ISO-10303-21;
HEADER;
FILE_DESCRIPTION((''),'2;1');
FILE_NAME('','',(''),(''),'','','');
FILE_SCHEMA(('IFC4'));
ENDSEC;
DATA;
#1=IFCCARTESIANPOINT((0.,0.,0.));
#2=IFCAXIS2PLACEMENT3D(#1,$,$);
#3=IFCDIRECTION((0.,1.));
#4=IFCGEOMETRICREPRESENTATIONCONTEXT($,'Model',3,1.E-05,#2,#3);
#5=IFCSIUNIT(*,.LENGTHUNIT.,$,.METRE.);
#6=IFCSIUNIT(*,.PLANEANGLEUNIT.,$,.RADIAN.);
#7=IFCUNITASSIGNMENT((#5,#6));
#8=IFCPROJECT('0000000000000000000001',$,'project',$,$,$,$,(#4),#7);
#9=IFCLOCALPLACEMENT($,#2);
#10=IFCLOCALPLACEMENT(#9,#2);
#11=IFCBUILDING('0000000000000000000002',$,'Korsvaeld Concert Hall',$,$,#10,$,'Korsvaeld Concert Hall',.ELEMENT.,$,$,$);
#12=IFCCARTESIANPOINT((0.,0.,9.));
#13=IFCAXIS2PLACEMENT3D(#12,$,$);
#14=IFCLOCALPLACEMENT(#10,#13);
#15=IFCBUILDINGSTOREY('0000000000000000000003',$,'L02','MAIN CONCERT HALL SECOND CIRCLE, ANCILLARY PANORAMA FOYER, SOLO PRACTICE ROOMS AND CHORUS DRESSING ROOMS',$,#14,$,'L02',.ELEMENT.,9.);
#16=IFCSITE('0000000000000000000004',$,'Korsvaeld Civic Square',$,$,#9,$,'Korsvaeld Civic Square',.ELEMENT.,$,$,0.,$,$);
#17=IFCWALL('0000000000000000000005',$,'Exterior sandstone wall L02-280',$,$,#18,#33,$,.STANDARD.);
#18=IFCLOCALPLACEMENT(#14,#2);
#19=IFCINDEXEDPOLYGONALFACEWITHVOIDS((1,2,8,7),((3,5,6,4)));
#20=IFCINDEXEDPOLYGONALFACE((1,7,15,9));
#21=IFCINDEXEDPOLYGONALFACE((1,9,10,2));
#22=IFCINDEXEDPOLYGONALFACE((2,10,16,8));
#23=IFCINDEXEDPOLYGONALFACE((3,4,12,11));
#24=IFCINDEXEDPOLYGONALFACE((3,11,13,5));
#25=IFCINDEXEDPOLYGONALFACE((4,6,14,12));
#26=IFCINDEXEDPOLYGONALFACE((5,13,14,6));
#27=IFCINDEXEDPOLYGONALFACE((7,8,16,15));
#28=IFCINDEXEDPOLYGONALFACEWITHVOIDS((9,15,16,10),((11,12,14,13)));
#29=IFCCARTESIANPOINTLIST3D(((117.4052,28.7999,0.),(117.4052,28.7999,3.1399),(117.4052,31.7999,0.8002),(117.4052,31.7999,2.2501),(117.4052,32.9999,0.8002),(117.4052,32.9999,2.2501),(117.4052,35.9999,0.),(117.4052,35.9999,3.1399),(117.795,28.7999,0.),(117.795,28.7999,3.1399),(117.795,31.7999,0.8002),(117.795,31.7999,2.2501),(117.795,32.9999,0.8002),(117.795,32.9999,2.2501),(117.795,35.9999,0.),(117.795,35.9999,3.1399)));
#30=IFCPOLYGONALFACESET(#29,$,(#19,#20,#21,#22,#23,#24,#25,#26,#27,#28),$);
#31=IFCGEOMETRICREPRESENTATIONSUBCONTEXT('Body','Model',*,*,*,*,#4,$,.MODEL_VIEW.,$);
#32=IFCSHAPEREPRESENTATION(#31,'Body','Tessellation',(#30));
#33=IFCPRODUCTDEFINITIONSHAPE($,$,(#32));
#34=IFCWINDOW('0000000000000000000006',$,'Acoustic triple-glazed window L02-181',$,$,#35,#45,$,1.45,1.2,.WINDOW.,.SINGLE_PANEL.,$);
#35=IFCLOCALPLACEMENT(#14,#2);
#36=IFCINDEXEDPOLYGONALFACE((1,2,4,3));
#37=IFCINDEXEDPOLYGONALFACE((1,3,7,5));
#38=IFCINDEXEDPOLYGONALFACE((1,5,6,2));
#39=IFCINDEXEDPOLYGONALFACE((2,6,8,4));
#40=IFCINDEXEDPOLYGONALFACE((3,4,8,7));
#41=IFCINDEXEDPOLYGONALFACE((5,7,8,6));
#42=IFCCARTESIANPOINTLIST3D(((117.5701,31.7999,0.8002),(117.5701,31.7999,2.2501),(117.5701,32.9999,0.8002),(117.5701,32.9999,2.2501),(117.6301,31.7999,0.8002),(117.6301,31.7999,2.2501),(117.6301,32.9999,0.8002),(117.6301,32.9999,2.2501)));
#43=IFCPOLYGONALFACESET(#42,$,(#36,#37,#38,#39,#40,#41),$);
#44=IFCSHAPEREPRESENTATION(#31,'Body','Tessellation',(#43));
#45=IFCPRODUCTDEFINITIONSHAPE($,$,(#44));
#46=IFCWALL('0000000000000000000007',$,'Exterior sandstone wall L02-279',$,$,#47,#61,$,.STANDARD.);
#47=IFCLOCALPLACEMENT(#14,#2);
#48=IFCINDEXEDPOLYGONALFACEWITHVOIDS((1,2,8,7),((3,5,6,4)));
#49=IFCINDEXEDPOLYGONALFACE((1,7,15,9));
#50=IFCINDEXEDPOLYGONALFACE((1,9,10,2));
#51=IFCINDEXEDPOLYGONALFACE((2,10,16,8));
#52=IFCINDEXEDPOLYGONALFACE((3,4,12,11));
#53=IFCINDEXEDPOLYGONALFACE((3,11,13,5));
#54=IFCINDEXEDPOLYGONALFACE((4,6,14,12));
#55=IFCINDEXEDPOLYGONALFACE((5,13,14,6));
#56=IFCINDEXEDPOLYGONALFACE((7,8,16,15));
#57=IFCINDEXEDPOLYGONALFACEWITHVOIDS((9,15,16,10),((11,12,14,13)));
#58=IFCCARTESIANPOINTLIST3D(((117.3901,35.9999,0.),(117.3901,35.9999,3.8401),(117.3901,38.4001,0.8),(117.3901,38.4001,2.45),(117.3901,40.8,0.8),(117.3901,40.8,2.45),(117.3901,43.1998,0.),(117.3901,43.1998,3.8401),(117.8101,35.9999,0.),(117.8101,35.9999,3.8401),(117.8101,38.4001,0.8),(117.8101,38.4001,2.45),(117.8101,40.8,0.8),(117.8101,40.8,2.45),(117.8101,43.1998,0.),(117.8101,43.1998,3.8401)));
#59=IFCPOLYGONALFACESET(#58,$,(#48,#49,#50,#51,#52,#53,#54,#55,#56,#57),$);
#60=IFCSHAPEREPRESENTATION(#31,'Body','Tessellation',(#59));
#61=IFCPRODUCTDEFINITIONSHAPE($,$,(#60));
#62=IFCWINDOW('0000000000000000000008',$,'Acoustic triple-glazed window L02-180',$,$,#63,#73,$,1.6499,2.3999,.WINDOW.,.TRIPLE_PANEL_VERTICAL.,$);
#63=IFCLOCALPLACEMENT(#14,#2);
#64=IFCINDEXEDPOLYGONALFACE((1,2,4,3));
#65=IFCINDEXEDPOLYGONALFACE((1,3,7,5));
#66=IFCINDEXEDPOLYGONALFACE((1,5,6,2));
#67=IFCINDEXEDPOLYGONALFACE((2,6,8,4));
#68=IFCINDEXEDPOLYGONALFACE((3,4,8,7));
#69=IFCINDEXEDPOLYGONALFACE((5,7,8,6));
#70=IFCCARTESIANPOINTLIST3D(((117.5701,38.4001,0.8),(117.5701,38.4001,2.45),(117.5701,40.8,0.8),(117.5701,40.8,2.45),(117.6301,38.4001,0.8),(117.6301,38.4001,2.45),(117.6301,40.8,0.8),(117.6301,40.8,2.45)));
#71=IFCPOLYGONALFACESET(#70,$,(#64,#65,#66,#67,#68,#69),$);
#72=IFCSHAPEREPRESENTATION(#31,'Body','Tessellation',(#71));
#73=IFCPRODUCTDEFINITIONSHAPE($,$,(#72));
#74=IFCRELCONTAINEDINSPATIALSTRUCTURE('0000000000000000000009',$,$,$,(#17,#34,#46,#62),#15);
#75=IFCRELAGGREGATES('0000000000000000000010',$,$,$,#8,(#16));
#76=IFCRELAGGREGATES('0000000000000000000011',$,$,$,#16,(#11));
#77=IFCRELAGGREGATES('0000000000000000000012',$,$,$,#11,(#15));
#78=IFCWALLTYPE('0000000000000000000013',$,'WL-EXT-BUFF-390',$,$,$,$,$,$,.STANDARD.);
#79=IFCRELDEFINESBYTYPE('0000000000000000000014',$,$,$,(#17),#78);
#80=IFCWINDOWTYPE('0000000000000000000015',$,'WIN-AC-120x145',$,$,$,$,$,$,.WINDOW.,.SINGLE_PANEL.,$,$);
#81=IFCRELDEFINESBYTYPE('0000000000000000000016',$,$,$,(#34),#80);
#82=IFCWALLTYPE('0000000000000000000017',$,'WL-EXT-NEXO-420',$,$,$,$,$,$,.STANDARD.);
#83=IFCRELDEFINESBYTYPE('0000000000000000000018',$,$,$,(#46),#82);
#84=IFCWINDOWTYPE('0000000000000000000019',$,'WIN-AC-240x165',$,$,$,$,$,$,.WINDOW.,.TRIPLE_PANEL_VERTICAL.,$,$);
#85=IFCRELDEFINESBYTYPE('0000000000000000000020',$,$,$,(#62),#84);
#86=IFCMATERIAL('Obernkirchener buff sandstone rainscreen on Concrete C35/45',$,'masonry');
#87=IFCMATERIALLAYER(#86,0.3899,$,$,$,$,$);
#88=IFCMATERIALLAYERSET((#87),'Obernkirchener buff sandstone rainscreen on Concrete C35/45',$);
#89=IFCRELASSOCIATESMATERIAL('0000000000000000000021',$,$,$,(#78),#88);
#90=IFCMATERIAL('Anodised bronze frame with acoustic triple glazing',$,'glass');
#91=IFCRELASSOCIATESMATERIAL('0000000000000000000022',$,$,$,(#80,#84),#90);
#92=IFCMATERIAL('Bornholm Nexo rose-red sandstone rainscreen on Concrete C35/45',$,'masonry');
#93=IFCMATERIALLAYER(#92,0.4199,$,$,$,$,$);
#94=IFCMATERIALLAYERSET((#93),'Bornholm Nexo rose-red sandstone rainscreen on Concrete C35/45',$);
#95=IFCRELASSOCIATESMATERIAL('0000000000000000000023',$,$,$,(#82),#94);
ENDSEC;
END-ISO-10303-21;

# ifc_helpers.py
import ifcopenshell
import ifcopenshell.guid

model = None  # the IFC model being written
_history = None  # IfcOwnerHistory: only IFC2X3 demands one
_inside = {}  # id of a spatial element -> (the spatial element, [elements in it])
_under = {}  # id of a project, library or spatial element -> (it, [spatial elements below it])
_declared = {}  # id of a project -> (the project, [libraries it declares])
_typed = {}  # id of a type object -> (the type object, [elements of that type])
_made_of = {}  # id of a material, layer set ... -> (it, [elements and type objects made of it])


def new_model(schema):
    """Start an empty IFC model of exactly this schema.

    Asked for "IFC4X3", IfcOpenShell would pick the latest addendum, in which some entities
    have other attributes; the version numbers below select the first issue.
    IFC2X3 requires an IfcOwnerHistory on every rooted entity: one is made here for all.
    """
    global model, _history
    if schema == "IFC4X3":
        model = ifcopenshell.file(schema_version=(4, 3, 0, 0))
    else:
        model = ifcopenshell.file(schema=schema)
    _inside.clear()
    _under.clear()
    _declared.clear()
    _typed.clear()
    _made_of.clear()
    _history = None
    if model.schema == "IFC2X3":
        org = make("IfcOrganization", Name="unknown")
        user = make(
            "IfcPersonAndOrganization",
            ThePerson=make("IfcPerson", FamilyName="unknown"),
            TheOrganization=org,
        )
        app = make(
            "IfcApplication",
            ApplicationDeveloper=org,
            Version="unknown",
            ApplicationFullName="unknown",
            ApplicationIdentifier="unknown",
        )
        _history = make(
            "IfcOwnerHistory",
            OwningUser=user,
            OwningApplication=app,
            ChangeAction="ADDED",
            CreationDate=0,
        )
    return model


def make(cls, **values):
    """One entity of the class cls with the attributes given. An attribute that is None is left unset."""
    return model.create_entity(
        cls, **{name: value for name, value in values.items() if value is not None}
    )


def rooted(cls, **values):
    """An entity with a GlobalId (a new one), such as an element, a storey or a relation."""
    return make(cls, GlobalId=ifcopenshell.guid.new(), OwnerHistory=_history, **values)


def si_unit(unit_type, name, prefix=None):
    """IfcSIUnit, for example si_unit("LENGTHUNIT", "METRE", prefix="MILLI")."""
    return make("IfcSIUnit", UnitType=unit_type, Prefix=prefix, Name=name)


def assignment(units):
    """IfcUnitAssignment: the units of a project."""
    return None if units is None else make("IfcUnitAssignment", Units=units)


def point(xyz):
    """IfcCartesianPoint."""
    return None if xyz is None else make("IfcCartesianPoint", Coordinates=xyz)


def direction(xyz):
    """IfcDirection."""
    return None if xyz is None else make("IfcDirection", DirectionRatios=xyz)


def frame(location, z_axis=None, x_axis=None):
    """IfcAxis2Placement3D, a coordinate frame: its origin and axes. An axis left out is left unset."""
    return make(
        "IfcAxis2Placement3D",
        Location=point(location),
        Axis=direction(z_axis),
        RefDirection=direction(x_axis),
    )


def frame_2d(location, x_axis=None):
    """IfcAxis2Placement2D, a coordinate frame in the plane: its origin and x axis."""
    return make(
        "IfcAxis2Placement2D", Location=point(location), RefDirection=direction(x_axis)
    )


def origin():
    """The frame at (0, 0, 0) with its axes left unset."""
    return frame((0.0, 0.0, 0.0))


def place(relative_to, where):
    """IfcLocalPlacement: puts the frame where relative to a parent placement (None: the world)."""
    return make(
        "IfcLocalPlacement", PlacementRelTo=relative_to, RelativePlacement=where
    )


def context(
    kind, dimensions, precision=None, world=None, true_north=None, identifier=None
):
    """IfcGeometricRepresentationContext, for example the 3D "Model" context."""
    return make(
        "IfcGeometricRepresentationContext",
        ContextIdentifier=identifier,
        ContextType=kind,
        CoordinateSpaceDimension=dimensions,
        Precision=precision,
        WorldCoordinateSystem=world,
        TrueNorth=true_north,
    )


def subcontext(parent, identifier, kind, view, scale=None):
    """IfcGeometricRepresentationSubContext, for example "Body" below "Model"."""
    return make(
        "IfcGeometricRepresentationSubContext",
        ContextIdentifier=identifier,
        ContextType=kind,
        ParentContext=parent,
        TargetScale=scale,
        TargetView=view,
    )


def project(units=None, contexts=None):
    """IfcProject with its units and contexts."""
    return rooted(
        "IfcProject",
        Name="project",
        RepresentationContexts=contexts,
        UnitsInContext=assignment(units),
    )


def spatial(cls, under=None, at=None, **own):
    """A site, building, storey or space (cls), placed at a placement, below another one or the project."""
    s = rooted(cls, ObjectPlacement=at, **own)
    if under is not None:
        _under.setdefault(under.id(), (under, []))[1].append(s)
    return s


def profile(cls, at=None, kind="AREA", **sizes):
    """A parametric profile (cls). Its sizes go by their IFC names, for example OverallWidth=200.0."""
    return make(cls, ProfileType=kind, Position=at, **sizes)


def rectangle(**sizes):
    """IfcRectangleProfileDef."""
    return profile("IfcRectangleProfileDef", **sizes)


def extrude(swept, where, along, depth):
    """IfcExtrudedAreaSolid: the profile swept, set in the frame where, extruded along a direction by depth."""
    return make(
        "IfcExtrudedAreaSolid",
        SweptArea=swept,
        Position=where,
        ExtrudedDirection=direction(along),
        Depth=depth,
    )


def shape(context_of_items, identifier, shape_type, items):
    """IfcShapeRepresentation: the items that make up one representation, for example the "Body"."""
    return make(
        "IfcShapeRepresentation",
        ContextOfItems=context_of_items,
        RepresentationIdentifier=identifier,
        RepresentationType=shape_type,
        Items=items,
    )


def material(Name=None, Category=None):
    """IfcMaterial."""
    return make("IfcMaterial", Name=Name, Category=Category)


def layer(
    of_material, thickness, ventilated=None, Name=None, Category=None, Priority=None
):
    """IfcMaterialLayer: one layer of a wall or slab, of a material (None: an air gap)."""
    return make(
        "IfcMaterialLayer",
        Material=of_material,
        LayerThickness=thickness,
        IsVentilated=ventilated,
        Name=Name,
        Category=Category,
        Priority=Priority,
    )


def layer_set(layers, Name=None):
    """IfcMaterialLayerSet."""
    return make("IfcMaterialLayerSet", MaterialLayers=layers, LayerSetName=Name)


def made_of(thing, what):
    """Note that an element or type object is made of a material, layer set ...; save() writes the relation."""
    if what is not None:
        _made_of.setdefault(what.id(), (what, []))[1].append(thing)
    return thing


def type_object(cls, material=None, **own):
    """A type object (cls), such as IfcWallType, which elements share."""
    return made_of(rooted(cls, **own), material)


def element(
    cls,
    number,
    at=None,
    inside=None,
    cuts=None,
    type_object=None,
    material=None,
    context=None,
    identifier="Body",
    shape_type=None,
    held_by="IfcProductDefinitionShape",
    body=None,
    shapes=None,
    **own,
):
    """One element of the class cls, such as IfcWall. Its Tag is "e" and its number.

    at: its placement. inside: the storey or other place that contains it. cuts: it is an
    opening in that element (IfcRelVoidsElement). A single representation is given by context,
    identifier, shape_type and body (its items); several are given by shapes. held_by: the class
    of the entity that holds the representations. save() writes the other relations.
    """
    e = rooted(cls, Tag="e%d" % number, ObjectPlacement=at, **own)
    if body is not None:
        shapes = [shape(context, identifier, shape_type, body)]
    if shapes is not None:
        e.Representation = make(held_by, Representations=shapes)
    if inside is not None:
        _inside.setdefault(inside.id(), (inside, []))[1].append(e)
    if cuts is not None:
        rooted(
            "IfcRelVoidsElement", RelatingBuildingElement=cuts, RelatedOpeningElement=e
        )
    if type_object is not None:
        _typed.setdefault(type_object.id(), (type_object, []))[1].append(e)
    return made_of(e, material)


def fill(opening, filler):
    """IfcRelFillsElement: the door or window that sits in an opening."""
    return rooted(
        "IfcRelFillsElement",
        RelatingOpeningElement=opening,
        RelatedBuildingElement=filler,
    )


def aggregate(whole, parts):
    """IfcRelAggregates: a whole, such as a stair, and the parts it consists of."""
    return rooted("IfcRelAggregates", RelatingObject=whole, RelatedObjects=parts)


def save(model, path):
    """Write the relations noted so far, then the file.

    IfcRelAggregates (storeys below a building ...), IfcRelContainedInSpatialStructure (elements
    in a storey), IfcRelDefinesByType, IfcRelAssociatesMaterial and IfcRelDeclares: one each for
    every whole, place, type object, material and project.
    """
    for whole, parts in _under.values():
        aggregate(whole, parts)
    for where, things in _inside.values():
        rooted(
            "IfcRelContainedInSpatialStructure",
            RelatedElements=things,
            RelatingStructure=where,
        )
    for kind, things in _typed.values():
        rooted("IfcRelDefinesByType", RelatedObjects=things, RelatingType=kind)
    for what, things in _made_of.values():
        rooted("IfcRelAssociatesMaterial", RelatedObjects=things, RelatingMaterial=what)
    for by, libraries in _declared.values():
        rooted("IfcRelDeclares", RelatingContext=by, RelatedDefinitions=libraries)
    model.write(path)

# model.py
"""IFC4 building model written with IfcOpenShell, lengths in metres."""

from ifc_helpers import new_model, si_unit, direction, frame, frame_2d, origin, place, context, subcontext, project, spatial, rectangle, extrude, material, layer, layer_set, type_object, element, fill, save


model = new_model("IFC4")

# Units and contexts
model_context = context("Model", 3, precision=1e-05, world=origin(), true_north=direction((0.0, 1.0)))
body_context = subcontext(model_context, "Body", "Model", "MODEL_VIEW")
ifc_project = project(units=[si_unit("LENGTHUNIT", "METRE"), si_unit("PLANEANGLEUNIT", "RADIAN")], contexts=[model_context])

# Site, building, storey
site_placement = place(None, origin())
site = spatial("IfcSite", under=ifc_project, at=site_placement, Name="Korsvaeld Civic Square", LongName="Korsvaeld Civic Square", CompositionType="ELEMENT", RefElevation=0.0)
building_placement = place(site_placement, origin())
building = spatial("IfcBuilding", under=site, at=building_placement, Name="Korsvaeld Concert Hall", LongName="Korsvaeld Concert Hall", CompositionType="ELEMENT")
storey_placement = place(building_placement, frame((0.0, 0.0, 9.0)))
storey = spatial("IfcBuildingStorey", under=building, at=storey_placement, Name="L02", Description="MAIN CONCERT HALL SECOND CIRCLE, ANCILLARY PANORAMA FOYER, SOLO PRACTICE ROOMS AND CHORUS DRESSING ROOMS", LongName="L02", CompositionType="ELEMENT", Elevation=9.0)

# Walls, openings, windows
ifc_material_1 = material(Name="Obernkirchener buff sandstone rainscreen on Concrete C35/45", Category="masonry")
ifc_layer_1 = layer(ifc_material_1, 0.3899)
ifc_layer_set_1 = layer_set([ifc_layer_1], Name="Obernkirchener buff sandstone rainscreen on Concrete C35/45")
wall_type_1 = type_object("IfcWallType", Name="WL-EXT-BUFF-390", PredefinedType="STANDARD", material=ifc_layer_set_1)
wall_1_placement = place(storey_placement, frame((117.6001, 36.0, 0.0), z_axis=(0.0, 0.0, 1.0), x_axis=(0.0, -1.0, 0.0)))
wall_1 = element("IfcWall", 1, at=wall_1_placement, inside=storey, type_object=wall_type_1, Name="Exterior sandstone wall L02-280", PredefinedType="STANDARD", context=body_context, shape_type="SweptSolid", body=[
    extrude(rectangle(XDim=7.2, YDim=0.3899, at=frame_2d((3.6001, 0.0))), origin(), (0.0, 0.0, 1.0), 3.1399),
])
opening_1_placement = place(wall_1_placement, frame((3.0, 0.0, 0.8)))
opening_1 = element("IfcOpeningElement", 2, at=opening_1_placement, cuts=wall_1, PredefinedType="OPENING", context=body_context, shape_type="SweptSolid", body=[
    extrude(rectangle(XDim=1.2, YDim=1.45, at=frame_2d((0.6001, 0.7251))), frame((0.0, 0.2051, 0.0), z_axis=(0.0, -1.0, 0.0), x_axis=(1.0, 0.0, 0.0)), (0.0, 0.0, 1.0), 0.4099),
])
ifc_material_2 = material(Name="Anodised bronze frame with acoustic triple glazing", Category="glass")
window_type_1 = type_object("IfcWindowType", Name="WIN-AC-120x145", PartitioningType="SINGLE_PANEL", PredefinedType="WINDOW", material=ifc_material_2)
window_1_placement = place(opening_1_placement, origin())
window_1 = element("IfcWindow", 3, at=window_1_placement, inside=storey, type_object=window_type_1, Name="Acoustic triple-glazed window L02-181", OverallHeight=1.45, OverallWidth=1.2, PartitioningType="SINGLE_PANEL", PredefinedType="WINDOW", context=body_context, shape_type="SweptSolid", body=[
    extrude(rectangle(XDim=1.2, YDim=1.45, at=frame_2d((0.6001, 0.7251))), frame((0.0, 0.03, 0.0), z_axis=(0.0, -1.0, 0.0), x_axis=(1.0, 0.0, 0.0)), (0.0, 0.0, 1.0), 0.0601),
])
fill(opening_1, window_1)
ifc_material_3 = material(Name="Bornholm Nexo rose-red sandstone rainscreen on Concrete C35/45", Category="masonry")
ifc_layer_2 = layer(ifc_material_3, 0.4199)
ifc_layer_set_2 = layer_set([ifc_layer_2], Name="Bornholm Nexo rose-red sandstone rainscreen on Concrete C35/45")
wall_type_2 = type_object("IfcWallType", Name="WL-EXT-NEXO-420", PredefinedType="STANDARD", material=ifc_layer_set_2)
wall_2_placement = place(storey_placement, frame((117.6001, 43.2, 0.0), z_axis=(0.0, 0.0, 1.0), x_axis=(0.0, -1.0, 0.0)))
wall_2 = element("IfcWall", 4, at=wall_2_placement, inside=storey, type_object=wall_type_2, Name="Exterior sandstone wall L02-279", PredefinedType="STANDARD", context=body_context, shape_type="SweptSolid", body=[
    extrude(rectangle(XDim=7.2, YDim=0.4199, at=frame_2d((3.6001, 0.0))), origin(), (0.0, 0.0, 1.0), 3.8401),
])
opening_2_placement = place(wall_2_placement, frame((2.3999, 0.0, 0.8)))
opening_2 = element("IfcOpeningElement", 5, at=opening_2_placement, cuts=wall_2, PredefinedType="OPENING", context=body_context, shape_type="SweptSolid", body=[
    extrude(rectangle(XDim=2.3999, YDim=1.6499, at=frame_2d((1.2, 0.825))), frame((0.0, 0.22, 0.0), z_axis=(0.0, -1.0, 0.0), x_axis=(1.0, 0.0, 0.0)), (0.0, 0.0, 1.0), 0.4399),
])
window_type_2 = type_object("IfcWindowType", Name="WIN-AC-240x165", PartitioningType="TRIPLE_PANEL_VERTICAL", PredefinedType="WINDOW", material=ifc_material_2)
window_2_placement = place(opening_2_placement, origin())
window_2 = element("IfcWindow", 6, at=window_2_placement, inside=storey, type_object=window_type_2, Name="Acoustic triple-glazed window L02-180", OverallHeight=1.6499, OverallWidth=2.3999, PartitioningType="TRIPLE_PANEL_VERTICAL", PredefinedType="WINDOW", context=body_context, shape_type="SweptSolid", body=[
    extrude(rectangle(XDim=2.3999, YDim=1.6499, at=frame_2d((1.2, 0.825))), frame((0.0, 0.03, 0.0), z_axis=(0.0, -1.0, 0.0), x_axis=(1.0, 0.0, 0.0)), (0.0, 0.0, 1.0), 0.0601),
])
fill(opening_2, window_2)

save(model, "model.ifc")
